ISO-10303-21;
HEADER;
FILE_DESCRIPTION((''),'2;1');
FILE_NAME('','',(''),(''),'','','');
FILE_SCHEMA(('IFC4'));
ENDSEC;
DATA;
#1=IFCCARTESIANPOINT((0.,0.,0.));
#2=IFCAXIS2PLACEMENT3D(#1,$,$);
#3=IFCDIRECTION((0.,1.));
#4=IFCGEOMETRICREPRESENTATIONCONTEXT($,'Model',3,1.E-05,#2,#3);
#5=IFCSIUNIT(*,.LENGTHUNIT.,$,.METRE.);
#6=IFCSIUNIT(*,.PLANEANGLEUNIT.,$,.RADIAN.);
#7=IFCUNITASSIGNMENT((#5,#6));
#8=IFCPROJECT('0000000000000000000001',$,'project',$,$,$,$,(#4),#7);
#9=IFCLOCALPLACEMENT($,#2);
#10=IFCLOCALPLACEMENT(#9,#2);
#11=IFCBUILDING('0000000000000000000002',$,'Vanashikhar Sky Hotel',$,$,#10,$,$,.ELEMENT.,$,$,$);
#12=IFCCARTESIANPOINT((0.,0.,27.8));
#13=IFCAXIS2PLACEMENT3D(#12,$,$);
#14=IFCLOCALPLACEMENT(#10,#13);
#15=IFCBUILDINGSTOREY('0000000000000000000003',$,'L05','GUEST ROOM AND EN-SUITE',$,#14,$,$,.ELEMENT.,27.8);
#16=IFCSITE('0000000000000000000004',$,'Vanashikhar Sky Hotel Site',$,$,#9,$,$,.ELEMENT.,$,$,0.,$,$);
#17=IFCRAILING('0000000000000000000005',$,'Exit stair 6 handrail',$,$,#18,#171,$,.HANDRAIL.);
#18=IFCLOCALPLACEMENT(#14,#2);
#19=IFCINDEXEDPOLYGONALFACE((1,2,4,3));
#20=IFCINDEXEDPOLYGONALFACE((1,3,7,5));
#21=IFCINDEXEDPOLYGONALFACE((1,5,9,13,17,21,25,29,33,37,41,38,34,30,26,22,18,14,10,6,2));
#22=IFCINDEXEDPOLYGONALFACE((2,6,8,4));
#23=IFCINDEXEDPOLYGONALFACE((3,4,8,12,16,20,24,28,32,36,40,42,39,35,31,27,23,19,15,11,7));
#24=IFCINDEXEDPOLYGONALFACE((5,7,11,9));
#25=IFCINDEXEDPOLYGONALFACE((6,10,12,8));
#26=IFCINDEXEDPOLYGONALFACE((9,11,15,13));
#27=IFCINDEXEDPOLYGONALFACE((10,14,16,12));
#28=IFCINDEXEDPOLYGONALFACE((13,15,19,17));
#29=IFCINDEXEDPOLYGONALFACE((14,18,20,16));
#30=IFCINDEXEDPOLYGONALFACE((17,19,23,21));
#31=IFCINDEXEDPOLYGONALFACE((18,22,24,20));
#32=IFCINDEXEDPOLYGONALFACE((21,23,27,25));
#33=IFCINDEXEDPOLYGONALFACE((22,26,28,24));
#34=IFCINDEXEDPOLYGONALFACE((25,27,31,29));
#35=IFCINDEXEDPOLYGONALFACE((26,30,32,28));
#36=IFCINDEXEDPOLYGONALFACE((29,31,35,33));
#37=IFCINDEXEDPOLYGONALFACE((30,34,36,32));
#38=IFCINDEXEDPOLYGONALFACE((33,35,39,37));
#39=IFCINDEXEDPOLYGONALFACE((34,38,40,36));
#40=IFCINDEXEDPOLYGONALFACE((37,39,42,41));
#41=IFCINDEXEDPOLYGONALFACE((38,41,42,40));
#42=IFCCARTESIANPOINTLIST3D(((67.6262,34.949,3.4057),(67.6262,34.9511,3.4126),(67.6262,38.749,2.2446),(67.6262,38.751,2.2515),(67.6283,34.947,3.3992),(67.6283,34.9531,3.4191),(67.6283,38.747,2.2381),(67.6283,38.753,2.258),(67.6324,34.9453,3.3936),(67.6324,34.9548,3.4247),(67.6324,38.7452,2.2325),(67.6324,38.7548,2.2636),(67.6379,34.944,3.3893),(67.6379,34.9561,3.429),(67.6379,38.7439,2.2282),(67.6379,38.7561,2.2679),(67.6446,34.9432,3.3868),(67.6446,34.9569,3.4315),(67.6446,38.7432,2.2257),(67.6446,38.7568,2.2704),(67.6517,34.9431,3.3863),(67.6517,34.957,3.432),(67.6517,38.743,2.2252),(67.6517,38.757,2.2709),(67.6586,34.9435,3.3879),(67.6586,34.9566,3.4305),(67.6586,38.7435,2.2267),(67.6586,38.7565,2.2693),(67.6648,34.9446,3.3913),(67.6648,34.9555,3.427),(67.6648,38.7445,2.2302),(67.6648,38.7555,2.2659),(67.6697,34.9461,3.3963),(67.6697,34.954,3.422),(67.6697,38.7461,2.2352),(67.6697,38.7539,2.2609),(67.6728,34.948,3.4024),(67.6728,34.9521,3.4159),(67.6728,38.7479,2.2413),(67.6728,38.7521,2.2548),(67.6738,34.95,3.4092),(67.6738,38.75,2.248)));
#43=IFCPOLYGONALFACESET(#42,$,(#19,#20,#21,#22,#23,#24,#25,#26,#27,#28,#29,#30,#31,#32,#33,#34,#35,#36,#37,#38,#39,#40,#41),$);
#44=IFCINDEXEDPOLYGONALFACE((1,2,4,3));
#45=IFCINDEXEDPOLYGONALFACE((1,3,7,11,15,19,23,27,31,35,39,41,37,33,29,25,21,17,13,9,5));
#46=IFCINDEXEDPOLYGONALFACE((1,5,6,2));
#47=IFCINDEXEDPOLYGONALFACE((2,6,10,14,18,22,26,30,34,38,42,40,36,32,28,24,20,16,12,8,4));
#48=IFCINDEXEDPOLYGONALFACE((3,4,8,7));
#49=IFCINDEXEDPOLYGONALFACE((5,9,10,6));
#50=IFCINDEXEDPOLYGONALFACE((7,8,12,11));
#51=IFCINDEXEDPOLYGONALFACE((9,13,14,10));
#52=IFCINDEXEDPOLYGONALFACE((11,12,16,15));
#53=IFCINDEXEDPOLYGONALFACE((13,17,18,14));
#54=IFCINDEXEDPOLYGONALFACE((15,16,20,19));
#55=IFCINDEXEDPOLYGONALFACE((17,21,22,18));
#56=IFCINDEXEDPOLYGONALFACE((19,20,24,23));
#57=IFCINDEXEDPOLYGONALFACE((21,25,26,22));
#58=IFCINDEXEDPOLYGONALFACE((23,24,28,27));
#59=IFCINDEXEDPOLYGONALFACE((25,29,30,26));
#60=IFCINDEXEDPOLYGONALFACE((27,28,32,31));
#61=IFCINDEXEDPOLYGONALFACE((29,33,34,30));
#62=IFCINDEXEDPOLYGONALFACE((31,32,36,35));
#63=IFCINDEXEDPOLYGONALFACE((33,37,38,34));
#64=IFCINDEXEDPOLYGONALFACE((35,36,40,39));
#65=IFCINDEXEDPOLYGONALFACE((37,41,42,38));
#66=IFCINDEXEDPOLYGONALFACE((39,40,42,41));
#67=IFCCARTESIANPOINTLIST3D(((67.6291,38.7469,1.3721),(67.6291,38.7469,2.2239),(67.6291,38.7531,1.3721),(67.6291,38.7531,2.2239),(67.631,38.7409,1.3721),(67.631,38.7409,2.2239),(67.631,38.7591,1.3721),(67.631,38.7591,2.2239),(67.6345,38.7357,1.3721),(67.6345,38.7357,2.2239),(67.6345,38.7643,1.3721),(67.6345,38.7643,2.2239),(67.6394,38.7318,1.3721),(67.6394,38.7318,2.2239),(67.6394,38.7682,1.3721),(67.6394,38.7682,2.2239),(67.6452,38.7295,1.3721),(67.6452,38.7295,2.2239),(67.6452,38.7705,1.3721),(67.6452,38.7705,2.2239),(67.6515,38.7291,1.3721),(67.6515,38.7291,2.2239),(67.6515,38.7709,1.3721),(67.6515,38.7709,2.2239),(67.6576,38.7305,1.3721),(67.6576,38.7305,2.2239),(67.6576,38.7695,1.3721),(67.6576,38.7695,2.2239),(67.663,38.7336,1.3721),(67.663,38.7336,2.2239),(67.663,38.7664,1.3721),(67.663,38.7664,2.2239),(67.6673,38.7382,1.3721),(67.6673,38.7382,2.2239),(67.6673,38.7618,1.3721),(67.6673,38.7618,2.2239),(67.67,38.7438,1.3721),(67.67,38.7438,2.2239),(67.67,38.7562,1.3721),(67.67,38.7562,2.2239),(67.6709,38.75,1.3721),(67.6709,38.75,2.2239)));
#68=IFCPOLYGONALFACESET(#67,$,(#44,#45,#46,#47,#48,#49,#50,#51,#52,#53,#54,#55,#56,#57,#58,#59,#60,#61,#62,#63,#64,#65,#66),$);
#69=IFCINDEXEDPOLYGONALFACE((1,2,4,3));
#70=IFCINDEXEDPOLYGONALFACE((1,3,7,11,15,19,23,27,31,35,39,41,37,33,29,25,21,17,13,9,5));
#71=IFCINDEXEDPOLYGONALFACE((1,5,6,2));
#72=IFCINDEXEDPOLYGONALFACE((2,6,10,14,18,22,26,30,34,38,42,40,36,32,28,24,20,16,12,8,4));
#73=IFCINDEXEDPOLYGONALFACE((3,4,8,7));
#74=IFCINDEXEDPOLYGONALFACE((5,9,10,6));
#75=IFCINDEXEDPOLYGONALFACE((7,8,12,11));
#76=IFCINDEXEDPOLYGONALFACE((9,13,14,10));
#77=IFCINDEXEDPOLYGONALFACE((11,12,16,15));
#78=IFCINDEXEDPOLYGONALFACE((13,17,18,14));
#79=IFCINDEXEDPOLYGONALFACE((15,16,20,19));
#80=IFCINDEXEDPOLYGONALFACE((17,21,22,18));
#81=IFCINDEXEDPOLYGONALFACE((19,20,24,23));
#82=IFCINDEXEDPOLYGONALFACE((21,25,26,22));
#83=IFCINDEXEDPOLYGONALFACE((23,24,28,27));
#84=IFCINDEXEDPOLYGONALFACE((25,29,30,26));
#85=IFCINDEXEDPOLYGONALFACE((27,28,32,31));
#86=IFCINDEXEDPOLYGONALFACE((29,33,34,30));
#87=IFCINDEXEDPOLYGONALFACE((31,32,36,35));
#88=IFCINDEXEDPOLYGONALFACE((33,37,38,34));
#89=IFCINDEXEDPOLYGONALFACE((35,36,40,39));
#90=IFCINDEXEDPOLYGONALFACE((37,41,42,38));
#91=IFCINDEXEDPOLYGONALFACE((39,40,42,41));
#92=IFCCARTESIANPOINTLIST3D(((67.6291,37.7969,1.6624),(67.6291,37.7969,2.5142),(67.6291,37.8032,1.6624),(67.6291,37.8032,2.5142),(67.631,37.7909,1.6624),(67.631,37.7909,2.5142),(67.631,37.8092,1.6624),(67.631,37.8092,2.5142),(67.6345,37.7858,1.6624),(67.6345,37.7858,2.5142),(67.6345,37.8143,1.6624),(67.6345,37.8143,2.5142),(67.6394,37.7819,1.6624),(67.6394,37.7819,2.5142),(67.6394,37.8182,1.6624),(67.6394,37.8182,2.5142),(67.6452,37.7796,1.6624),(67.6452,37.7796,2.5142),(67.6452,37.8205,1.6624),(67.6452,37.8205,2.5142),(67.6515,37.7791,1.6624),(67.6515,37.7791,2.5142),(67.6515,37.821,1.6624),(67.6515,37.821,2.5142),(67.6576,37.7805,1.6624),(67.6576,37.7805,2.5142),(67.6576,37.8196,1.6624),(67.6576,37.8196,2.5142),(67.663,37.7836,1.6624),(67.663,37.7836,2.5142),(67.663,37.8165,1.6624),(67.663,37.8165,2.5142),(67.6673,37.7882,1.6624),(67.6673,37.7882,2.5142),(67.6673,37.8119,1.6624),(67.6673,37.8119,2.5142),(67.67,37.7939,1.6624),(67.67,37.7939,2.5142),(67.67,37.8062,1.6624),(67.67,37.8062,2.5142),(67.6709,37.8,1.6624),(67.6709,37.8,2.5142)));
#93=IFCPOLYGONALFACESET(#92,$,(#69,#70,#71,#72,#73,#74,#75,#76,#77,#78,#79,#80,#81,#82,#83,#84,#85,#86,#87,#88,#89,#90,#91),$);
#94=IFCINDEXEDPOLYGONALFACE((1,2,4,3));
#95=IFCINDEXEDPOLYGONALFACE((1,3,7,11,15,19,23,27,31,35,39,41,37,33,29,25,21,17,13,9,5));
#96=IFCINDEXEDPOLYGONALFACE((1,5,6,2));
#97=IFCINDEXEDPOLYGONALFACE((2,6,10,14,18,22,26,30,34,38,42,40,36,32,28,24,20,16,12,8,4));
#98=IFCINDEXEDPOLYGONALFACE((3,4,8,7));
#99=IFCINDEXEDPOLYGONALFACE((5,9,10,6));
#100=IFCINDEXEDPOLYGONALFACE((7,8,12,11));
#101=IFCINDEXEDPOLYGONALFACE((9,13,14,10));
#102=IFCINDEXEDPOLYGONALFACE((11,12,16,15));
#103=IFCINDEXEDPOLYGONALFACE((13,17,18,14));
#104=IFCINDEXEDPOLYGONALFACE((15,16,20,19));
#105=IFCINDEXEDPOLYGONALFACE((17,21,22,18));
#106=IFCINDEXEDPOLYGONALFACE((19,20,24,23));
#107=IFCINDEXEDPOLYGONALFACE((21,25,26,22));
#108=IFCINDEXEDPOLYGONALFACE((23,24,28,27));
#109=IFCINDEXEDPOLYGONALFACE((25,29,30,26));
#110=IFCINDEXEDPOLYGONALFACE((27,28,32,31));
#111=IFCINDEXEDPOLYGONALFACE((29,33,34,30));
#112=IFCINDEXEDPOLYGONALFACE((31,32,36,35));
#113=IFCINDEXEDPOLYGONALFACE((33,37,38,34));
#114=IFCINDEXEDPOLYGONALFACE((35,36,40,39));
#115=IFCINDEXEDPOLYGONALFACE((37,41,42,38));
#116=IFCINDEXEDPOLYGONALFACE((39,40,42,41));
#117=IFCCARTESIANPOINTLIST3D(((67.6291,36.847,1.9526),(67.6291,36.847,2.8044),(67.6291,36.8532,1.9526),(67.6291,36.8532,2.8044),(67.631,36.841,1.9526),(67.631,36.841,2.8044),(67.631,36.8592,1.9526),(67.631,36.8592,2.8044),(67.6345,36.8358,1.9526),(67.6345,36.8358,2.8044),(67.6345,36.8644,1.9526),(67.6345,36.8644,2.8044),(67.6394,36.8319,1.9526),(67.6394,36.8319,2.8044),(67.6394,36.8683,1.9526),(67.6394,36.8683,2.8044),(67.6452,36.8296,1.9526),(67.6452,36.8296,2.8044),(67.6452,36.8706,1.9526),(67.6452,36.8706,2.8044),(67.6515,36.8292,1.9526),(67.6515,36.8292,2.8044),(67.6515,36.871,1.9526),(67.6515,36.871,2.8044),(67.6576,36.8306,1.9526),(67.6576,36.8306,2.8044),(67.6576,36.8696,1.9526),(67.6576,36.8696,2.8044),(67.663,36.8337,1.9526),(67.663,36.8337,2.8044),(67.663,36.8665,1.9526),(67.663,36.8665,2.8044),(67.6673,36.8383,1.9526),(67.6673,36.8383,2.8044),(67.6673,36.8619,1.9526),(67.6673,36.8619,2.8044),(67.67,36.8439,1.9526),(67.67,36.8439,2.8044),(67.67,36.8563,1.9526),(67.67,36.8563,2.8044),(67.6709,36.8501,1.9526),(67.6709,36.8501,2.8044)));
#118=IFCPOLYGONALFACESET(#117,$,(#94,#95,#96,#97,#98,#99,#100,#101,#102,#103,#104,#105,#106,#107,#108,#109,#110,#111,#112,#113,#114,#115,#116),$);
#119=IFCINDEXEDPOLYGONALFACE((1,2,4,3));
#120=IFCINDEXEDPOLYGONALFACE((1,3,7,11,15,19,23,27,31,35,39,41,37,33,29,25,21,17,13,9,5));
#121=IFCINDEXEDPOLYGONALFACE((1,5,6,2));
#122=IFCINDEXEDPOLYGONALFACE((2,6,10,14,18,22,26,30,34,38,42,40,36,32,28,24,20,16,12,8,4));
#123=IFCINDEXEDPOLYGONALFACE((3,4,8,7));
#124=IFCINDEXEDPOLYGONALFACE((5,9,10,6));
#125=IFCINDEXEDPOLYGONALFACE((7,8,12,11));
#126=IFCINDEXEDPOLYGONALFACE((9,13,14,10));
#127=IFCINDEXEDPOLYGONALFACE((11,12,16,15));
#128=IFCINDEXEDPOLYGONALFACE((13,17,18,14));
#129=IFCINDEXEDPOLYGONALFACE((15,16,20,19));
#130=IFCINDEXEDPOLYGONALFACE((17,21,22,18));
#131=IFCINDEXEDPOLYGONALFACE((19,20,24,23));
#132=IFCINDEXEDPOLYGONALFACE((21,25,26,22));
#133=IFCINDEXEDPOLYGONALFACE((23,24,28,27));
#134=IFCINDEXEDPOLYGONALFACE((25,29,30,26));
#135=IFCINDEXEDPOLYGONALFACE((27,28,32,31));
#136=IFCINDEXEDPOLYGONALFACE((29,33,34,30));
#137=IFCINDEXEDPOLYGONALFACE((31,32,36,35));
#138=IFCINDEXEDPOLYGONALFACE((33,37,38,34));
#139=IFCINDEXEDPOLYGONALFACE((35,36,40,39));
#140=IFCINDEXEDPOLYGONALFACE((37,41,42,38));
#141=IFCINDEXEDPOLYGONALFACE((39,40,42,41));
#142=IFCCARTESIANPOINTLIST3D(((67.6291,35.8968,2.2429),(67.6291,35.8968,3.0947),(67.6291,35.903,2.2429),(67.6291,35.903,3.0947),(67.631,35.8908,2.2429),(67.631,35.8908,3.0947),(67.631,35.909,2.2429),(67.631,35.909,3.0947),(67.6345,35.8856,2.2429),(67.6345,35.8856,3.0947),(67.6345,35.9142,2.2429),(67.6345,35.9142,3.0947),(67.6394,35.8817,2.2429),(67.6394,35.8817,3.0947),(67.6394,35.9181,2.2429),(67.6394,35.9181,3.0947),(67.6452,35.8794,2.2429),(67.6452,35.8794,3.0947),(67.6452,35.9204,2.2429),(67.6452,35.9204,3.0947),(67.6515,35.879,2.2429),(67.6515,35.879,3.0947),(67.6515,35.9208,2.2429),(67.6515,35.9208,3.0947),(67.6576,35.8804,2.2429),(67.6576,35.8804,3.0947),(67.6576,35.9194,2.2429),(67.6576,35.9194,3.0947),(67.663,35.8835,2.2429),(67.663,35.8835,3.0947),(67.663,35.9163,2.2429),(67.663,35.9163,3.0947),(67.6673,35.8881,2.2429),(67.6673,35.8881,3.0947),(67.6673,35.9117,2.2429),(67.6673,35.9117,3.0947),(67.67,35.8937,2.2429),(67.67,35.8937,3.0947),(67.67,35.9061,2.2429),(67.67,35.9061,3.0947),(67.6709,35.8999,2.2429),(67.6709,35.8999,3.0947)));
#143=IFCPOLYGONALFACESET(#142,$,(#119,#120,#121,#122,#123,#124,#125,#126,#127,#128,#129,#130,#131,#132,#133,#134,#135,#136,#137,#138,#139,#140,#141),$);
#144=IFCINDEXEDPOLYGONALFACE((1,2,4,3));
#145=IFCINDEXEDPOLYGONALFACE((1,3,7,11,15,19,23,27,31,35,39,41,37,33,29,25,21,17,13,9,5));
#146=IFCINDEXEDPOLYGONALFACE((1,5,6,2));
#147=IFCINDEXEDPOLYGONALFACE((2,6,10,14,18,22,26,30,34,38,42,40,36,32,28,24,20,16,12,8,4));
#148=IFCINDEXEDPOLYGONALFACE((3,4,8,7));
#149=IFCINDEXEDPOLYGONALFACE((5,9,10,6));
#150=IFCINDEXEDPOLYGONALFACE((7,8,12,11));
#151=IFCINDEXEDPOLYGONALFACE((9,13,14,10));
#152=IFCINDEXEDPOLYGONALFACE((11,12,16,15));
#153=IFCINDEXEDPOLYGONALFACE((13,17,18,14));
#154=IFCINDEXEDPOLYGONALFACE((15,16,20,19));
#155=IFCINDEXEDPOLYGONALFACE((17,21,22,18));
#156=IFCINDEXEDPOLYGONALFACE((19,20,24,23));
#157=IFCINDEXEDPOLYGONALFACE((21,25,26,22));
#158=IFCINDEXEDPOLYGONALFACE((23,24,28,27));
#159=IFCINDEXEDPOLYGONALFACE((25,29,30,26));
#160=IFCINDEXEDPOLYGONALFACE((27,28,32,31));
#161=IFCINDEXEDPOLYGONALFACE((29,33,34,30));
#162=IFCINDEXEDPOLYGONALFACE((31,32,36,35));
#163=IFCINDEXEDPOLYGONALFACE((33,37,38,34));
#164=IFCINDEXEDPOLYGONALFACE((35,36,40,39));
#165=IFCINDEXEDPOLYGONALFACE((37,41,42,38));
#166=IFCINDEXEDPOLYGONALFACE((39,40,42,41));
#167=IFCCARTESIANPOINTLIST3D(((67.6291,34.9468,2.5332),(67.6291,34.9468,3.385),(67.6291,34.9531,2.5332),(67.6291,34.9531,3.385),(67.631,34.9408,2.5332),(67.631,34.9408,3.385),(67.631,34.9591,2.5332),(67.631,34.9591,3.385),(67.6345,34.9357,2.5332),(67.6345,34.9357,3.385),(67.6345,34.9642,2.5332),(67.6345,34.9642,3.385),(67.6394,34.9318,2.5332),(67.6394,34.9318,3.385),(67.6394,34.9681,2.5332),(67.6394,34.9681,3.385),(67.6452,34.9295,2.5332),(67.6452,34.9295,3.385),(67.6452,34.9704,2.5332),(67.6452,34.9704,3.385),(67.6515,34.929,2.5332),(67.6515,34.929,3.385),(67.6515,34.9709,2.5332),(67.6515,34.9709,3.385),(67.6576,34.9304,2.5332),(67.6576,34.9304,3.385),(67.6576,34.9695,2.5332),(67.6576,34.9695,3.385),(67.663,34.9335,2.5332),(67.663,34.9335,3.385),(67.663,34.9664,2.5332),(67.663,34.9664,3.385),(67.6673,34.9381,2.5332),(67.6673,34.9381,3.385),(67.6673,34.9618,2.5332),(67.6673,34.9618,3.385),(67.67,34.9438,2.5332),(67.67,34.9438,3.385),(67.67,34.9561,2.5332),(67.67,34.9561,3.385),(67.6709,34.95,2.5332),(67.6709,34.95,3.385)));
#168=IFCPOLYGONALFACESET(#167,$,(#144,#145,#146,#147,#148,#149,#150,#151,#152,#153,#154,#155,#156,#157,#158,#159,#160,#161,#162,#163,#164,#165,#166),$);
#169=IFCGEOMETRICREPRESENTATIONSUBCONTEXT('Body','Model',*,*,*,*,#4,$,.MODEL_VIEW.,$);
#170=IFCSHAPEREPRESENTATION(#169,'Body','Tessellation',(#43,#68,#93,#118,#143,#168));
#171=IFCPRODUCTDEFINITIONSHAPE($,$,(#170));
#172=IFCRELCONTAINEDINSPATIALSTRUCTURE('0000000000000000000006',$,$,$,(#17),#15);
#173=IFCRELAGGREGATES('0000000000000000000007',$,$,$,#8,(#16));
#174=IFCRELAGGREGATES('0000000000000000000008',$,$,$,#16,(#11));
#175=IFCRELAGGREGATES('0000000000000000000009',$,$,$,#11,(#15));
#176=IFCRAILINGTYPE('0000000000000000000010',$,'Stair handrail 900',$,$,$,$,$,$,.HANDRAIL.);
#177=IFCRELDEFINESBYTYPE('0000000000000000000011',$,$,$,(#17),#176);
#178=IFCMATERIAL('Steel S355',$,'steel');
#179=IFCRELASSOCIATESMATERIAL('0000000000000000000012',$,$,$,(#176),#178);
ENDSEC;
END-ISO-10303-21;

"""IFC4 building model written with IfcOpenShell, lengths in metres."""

from ifc_helpers import new_model, si_unit, direction, frame, origin, origin_2d, place, context, subcontext, project, spatial, circle, extrude, source, transform, mapped, material, type_object, element, save


model = new_model("IFC4")

# Units and contexts
model_context = context("Model", 3, precision=1e-05, world=origin(), true_north=direction((0.0, 1.0)))
body_context = subcontext(model_context, "Body", "Model", "MODEL_VIEW")
ifc_project = project(units=[si_unit("LENGTHUNIT", "METRE"), si_unit("PLANEANGLEUNIT", "RADIAN")], contexts=[model_context])

# Site, building, storey
site_placement = place(None, origin())
site = spatial("IfcSite", under=ifc_project, at=site_placement, Name="Vanashikhar Sky Hotel Site", CompositionType="ELEMENT", RefElevation=0.0)
building_placement = place(site_placement, origin())
building = spatial("IfcBuilding", under=site, at=building_placement, Name="Vanashikhar Sky Hotel", CompositionType="ELEMENT")
storey_placement = place(building_placement, frame((0.0, 0.0, 27.8)))
storey = spatial("IfcBuildingStorey", under=building, at=storey_placement, Name="L05", Description="GUEST ROOM AND EN-SUITE", CompositionType="ELEMENT", Elevation=27.8)

# Railing
ifc_material_1 = material(Name="Steel S355", Category="steel")
railing_type_1 = type_object("IfcRailingType", Name="Stair handrail 900", PredefinedType="HANDRAIL", material=ifc_material_1)
shared_shape_1 = source(origin(), body_context, "Body", "SweptSolid", [
    extrude(circle(Radius=0.0239, at=origin_2d()), frame((0.0, 0.0, 0.876), z_axis=(0.0, -0.956351, 0.29222), x_axis=(1.0, 0.0, 0.0)), (0.0, 0.0, 1.0), 3.9734),
    extrude(circle(Radius=0.021, at=origin_2d()), origin(), (0.0, 0.0, 1.0), 0.8518),
    extrude(circle(Radius=0.021, at=origin_2d()), frame((0.0, -0.95, 0.2903)), (0.0, 0.0, 1.0), 0.8518),
    extrude(circle(Radius=0.021, at=origin_2d()), frame((0.0, -1.8999, 0.5806)), (0.0, 0.0, 1.0), 0.8518),
    extrude(circle(Radius=0.021, at=origin_2d()), frame((0.0, -2.8501, 0.8708)), (0.0, 0.0, 1.0), 0.8518),
    extrude(circle(Radius=0.021, at=origin_2d()), frame((0.0, -3.8, 1.1611)), (0.0, 0.0, 1.0), 0.8518),
])
for number, where, name in (
    (1, (67.6499, 38.75, 1.3721), "Exit stair 6 handrail"),
):
    element("IfcRailing", number, at=place(storey_placement, frame(where)), inside=storey, type_object=railing_type_1, Name=name, PredefinedType="HANDRAIL", context=body_context, shape_type="MappedRepresentation", body=[
        mapped(shared_shape_1, transform((0.0, 0.0, 0.0), scale=1.0)),
    ])

save(model, "model.ifc")
